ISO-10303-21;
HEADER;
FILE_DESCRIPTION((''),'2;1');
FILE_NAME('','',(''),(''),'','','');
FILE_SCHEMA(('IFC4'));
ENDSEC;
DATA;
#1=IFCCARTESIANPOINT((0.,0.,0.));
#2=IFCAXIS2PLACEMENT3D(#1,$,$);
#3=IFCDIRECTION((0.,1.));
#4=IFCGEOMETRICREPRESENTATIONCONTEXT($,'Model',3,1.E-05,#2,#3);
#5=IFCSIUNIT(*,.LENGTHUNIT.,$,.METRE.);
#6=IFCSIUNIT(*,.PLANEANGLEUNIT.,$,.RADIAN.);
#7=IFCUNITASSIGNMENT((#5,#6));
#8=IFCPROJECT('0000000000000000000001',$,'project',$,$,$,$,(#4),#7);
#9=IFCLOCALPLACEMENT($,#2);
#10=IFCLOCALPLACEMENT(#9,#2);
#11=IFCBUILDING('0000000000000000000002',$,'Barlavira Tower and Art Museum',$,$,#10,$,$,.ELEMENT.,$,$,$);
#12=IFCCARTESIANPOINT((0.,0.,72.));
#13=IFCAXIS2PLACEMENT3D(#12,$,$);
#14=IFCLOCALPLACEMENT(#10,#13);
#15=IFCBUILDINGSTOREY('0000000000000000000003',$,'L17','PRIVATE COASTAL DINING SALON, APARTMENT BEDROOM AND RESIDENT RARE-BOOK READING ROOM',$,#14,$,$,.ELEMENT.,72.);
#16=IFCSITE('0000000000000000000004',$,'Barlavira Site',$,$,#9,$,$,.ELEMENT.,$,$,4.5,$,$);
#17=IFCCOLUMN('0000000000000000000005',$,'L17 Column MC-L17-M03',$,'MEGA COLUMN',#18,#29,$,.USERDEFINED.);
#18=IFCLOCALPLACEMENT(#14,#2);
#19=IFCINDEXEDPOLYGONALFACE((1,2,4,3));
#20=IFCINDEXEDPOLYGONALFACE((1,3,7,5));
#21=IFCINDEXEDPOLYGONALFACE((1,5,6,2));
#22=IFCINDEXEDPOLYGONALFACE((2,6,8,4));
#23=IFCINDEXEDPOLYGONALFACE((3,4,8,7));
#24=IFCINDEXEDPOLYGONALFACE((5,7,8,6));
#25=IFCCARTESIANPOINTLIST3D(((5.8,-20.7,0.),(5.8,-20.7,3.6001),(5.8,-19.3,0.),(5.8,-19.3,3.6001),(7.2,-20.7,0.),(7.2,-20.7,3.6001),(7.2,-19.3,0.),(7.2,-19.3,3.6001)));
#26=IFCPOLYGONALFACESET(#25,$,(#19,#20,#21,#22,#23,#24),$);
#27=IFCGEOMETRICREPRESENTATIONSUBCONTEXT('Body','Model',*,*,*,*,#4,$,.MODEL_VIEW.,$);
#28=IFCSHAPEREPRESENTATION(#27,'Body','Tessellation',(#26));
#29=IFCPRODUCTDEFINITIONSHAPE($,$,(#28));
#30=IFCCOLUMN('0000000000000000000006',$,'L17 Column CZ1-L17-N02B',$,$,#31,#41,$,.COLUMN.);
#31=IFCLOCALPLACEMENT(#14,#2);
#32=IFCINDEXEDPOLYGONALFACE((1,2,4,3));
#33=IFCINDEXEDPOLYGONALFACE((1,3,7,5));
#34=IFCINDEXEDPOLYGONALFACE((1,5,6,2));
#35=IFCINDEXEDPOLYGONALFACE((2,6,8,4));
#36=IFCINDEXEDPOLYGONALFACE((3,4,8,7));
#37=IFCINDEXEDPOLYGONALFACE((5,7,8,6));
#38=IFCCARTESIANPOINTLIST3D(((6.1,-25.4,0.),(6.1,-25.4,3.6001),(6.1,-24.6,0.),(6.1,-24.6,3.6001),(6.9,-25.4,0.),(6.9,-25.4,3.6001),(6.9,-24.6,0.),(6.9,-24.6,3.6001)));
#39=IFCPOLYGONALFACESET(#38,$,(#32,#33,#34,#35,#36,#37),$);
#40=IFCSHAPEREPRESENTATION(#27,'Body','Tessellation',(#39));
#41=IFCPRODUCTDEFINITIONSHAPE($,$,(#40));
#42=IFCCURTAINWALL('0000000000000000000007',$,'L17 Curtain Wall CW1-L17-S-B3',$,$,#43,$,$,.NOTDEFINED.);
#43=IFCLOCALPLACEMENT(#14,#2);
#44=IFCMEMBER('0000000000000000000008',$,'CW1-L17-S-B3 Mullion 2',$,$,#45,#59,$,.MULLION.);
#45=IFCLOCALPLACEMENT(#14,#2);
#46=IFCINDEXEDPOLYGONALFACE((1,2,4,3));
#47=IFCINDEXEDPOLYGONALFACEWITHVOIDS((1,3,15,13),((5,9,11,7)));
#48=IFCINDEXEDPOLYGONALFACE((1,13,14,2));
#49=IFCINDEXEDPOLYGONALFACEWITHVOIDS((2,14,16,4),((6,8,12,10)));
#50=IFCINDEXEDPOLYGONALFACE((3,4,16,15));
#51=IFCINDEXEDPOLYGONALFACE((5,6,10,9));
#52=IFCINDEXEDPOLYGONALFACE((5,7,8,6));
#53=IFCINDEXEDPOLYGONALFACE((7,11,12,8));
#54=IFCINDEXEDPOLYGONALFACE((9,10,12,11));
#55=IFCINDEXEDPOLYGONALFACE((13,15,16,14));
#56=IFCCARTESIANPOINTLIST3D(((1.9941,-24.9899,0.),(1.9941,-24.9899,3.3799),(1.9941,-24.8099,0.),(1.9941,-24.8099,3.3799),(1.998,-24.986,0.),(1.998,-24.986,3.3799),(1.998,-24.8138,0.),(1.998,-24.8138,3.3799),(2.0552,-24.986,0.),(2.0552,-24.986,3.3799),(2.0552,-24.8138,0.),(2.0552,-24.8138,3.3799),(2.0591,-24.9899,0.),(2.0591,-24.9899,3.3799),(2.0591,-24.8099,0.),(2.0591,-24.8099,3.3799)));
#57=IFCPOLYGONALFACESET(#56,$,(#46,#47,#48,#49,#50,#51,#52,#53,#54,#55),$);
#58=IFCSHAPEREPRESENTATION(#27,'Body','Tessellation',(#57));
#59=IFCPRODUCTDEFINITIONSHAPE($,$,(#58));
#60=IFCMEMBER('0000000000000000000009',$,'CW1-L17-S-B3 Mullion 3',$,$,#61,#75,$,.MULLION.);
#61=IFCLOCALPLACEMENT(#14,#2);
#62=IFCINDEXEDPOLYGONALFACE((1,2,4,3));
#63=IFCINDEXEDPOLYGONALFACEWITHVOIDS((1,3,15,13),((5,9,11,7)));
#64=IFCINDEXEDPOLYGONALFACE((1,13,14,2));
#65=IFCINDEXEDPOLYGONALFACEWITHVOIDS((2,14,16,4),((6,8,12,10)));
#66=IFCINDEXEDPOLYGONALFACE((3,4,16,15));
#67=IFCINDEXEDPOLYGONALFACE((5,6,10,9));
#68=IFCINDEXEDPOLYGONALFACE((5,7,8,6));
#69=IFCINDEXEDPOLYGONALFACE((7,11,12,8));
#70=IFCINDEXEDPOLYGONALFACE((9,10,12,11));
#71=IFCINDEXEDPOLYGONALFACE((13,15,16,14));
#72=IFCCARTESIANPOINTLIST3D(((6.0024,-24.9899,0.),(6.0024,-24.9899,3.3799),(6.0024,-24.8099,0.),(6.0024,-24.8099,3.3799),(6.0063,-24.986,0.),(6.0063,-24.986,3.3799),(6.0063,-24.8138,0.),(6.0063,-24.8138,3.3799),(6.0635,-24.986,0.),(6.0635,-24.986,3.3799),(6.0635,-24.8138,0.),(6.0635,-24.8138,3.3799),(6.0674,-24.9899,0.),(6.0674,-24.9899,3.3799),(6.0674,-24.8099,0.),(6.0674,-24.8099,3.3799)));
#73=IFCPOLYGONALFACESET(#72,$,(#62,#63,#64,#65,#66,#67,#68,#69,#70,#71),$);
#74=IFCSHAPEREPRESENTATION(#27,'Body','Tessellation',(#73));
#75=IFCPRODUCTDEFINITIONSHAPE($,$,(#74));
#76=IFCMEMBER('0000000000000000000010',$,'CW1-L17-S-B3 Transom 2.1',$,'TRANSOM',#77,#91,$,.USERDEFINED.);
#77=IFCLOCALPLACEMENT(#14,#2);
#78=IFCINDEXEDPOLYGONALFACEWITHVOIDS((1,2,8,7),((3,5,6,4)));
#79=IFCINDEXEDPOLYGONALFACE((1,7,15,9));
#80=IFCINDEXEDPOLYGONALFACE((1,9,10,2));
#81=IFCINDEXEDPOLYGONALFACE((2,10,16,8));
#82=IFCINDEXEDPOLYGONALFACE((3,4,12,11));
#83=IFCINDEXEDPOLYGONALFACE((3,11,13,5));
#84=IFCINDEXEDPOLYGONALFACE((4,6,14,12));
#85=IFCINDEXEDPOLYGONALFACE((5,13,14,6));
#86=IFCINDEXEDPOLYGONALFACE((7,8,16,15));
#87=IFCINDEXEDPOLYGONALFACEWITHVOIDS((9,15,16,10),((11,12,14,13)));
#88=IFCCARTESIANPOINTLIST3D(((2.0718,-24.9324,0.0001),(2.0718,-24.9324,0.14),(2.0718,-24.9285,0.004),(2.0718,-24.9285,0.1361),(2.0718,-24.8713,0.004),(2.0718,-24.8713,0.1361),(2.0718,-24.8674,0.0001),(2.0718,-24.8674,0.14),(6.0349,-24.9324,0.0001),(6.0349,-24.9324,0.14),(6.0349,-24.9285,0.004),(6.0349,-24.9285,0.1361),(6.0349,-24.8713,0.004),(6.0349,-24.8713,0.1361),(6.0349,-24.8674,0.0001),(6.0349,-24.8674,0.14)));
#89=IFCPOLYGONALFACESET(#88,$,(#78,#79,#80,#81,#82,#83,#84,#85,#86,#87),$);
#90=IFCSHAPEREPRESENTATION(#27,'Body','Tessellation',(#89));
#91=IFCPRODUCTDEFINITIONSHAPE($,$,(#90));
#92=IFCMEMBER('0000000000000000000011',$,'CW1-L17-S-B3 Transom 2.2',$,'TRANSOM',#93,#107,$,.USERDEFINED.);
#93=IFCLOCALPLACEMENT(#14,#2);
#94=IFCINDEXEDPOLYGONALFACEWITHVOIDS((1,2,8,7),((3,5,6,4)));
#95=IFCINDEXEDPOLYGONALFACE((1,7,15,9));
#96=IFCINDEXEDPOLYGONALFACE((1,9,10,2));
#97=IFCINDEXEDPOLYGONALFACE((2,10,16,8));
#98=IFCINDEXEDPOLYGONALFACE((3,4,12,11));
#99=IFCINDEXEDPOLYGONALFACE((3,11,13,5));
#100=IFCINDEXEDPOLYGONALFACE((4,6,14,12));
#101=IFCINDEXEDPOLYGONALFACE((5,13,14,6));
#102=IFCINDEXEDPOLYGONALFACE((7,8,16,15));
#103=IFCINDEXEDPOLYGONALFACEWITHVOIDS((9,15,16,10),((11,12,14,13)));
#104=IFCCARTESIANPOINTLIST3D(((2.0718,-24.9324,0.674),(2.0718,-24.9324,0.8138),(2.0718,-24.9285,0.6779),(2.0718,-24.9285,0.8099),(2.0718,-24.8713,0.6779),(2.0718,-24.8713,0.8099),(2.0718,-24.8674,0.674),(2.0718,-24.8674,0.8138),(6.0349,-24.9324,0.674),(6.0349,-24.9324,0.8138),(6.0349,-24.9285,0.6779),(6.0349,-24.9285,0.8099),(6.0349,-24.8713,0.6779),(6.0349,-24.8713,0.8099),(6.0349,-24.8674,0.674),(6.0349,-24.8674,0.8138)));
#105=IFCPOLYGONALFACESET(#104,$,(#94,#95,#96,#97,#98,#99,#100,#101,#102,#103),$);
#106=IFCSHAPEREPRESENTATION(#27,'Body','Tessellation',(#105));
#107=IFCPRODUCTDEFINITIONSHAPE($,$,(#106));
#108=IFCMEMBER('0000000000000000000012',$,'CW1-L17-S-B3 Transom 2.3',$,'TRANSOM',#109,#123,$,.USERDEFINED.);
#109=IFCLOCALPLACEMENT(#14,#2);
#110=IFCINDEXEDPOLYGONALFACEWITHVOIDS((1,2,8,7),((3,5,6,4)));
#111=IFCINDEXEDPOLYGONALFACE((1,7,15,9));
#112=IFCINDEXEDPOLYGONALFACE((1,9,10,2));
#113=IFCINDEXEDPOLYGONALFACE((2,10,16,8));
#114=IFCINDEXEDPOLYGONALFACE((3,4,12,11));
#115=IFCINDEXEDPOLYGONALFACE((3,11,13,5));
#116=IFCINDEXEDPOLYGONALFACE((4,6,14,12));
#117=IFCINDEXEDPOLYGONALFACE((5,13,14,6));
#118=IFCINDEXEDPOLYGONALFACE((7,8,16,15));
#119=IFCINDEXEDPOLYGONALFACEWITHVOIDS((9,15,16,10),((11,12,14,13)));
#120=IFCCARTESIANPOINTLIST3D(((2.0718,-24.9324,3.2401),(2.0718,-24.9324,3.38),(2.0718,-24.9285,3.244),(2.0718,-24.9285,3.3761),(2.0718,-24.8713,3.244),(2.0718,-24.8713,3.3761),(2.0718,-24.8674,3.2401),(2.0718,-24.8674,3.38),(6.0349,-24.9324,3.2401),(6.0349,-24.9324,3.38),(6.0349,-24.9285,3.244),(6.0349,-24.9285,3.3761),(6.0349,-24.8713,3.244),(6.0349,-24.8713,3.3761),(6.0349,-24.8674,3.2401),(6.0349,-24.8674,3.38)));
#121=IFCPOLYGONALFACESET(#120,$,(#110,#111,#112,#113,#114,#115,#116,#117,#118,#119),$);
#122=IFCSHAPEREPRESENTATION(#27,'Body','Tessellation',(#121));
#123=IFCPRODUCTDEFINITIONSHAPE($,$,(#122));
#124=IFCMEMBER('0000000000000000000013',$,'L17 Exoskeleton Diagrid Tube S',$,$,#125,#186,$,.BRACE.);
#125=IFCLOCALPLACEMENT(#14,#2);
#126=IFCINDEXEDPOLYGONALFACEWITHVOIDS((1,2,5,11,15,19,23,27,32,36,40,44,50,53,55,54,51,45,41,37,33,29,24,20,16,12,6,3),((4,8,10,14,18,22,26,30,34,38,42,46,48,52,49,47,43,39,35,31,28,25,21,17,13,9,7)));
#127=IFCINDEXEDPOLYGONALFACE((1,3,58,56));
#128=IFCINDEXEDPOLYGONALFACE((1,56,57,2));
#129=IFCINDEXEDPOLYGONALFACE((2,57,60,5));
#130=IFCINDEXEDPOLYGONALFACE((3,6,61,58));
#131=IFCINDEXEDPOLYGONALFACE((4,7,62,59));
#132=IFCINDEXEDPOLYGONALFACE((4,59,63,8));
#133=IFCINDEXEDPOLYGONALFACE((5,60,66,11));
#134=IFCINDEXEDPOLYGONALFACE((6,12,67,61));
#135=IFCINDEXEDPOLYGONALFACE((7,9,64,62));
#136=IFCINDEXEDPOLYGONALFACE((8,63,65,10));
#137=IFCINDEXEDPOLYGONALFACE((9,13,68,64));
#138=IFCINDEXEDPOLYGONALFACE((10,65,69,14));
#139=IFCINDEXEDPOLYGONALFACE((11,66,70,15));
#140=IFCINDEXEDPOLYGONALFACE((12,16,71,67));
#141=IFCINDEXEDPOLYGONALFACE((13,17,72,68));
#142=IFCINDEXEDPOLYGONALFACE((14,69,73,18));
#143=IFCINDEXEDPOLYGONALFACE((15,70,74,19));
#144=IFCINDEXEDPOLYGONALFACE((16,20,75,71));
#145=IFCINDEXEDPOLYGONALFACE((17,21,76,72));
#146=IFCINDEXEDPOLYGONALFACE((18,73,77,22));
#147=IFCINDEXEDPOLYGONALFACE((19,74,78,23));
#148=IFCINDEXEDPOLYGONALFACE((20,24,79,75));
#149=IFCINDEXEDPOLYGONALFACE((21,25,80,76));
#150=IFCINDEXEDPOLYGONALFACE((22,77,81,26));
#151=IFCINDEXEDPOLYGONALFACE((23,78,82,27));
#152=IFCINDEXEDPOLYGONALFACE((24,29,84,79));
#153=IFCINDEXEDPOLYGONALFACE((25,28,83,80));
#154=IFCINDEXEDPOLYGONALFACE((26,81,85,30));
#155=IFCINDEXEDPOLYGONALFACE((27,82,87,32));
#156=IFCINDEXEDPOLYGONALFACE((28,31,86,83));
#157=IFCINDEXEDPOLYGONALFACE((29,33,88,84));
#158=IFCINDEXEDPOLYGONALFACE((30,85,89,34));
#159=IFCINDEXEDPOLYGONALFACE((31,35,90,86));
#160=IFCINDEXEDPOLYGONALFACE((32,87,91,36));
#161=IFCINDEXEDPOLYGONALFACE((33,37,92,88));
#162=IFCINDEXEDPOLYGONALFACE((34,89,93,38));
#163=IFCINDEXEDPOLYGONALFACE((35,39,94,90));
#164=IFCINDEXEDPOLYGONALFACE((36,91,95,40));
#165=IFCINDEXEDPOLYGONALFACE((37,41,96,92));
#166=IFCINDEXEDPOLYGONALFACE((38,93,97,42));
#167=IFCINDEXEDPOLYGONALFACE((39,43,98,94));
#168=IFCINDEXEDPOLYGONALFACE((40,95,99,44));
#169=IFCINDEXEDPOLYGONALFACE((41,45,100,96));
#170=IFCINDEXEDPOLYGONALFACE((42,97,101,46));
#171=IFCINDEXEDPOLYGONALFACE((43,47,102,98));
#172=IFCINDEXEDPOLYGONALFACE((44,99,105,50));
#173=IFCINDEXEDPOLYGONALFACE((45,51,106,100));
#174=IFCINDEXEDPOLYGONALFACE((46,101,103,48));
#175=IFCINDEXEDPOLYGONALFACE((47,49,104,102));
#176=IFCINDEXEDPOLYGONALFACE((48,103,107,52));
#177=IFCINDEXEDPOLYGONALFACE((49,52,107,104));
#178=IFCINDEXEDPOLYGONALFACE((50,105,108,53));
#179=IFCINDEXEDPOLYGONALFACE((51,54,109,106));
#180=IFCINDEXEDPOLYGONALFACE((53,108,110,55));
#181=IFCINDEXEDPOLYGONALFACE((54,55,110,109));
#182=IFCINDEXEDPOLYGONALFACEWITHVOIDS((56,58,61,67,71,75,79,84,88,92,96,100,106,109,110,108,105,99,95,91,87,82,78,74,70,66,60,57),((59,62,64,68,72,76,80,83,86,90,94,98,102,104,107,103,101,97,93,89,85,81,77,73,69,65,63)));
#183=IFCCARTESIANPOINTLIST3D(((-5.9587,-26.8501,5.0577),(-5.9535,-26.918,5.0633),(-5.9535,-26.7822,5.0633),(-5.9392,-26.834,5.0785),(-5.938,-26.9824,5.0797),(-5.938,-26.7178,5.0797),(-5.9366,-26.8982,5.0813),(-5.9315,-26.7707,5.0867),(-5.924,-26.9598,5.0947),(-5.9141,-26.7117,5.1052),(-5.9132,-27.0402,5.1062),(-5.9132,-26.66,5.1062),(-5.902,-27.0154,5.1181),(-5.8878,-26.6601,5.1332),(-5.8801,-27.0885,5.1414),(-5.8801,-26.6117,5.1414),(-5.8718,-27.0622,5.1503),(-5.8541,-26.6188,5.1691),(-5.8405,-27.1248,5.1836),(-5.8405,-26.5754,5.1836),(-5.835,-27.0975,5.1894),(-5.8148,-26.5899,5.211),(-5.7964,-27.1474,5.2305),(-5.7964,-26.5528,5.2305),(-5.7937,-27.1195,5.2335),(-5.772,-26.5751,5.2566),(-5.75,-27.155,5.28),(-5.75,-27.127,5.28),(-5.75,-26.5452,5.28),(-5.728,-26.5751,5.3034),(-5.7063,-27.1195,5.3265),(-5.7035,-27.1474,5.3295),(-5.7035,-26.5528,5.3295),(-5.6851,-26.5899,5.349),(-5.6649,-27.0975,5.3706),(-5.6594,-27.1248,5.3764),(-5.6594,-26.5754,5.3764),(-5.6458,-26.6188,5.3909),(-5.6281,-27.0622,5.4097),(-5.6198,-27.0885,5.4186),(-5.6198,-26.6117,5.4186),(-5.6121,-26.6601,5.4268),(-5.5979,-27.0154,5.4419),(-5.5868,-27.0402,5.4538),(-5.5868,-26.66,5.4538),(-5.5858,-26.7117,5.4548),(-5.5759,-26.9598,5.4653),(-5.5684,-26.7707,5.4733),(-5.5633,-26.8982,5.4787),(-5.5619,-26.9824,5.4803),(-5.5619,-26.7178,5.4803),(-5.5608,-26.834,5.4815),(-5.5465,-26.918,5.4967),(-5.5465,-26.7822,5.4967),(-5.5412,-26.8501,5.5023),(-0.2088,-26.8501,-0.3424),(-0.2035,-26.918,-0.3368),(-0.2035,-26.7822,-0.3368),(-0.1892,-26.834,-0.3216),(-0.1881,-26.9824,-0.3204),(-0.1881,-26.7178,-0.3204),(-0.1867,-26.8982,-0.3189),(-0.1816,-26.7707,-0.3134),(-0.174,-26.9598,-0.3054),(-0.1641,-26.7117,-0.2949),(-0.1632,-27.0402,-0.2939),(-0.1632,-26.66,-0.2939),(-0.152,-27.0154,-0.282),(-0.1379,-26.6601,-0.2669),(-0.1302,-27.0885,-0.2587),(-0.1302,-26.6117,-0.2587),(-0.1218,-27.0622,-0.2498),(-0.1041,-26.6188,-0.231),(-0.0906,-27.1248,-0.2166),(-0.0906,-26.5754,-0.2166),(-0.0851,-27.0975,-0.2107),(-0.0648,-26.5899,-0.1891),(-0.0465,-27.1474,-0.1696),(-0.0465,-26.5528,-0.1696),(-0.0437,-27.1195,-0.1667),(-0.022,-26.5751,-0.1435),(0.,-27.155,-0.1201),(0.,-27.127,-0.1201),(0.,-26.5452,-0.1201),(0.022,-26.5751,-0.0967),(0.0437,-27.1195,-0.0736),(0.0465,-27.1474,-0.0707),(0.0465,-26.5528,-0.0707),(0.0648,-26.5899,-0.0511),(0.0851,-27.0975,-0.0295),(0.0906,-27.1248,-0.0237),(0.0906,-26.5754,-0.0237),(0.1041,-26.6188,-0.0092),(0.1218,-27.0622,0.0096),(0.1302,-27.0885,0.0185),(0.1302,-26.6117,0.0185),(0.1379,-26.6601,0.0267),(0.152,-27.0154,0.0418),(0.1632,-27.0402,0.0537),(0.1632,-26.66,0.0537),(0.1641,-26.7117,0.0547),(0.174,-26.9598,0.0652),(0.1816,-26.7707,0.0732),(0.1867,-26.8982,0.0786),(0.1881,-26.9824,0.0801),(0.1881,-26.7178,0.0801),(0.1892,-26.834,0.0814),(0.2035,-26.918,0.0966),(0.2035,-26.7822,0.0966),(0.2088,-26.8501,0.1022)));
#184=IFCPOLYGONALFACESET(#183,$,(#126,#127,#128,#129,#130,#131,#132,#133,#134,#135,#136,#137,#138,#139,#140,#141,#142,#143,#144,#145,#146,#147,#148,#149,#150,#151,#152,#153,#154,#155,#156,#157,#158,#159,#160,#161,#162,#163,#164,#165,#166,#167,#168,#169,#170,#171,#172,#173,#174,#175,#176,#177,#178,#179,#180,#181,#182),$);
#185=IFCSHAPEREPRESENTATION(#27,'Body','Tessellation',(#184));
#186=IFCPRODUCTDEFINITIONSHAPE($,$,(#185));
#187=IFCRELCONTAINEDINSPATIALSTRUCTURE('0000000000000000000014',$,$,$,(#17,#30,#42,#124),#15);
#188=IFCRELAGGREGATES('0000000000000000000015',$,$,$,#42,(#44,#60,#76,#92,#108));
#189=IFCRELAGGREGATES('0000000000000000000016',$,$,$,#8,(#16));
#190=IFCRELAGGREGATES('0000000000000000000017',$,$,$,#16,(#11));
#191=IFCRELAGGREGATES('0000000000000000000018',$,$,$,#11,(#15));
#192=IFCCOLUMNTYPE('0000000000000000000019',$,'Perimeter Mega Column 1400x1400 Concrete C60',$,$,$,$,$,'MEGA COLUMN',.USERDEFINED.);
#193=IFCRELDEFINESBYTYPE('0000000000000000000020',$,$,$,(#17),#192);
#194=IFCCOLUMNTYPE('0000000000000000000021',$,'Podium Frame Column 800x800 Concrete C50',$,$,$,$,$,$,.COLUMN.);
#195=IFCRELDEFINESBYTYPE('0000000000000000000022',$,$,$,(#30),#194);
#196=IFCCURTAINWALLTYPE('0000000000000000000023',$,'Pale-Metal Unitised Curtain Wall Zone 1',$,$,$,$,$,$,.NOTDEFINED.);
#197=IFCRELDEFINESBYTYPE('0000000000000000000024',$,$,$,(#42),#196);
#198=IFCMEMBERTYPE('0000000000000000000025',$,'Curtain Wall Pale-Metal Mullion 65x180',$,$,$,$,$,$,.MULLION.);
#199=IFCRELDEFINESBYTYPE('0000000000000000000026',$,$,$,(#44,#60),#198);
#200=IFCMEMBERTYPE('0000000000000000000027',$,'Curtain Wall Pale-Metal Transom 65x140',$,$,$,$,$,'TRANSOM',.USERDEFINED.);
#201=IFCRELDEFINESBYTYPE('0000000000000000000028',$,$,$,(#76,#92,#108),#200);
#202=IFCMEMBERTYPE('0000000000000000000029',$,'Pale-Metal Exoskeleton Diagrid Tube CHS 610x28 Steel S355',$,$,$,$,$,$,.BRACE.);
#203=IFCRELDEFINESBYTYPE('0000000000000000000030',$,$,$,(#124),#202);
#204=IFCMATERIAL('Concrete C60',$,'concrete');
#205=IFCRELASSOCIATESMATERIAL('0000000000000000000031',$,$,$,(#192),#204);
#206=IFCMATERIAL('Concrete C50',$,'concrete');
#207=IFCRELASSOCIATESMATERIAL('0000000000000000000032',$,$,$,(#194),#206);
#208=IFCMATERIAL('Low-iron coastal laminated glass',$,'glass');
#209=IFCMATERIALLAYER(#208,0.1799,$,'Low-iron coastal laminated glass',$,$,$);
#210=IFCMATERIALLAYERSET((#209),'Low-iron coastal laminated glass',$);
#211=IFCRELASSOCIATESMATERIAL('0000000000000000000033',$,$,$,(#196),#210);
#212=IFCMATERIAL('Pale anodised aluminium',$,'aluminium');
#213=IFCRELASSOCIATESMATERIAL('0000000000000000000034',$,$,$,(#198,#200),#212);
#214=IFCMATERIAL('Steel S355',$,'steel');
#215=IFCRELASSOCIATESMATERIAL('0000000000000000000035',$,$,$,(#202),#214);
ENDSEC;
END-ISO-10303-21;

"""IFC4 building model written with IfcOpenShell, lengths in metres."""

from ifc_helpers import new_model, si_unit, direction, frame, origin, origin_2d, place, context, subcontext, project, spatial, rectangle, hollow_rectangle, hollow_circle, extrude, material, layer, layer_set, material_profile, profile_set, type_object, element, aggregate, save


model = new_model("IFC4")

# Units and contexts
model_context = context("Model", 3, precision=1e-05, world=origin(), true_north=direction((0.0, 1.0)))
body_context = subcontext(model_context, "Body", "Model", "MODEL_VIEW")
ifc_project = project(units=[si_unit("LENGTHUNIT", "METRE"), si_unit("PLANEANGLEUNIT", "RADIAN")], contexts=[model_context])

# Site, building, storey
site_placement = place(None, origin())
site = spatial("IfcSite", under=ifc_project, at=site_placement, Name="Barlavira Site", CompositionType="ELEMENT", RefElevation=4.5)
building_placement = place(site_placement, origin())
building = spatial("IfcBuilding", under=site, at=building_placement, Name="Barlavira Tower and Art Museum", CompositionType="ELEMENT")
storey_placement = place(building_placement, frame((0.0, 0.0, 72.0)))
storey = spatial("IfcBuildingStorey", under=building, at=storey_placement, Name="L17", Description="PRIVATE COASTAL DINING SALON, APARTMENT BEDROOM AND RESIDENT RARE-BOOK READING ROOM", CompositionType="ELEMENT", Elevation=72.0)

# Columns
ifc_material_1 = material(Name="Concrete C60", Category="concrete")
ifc_material_profile_1 = material_profile(ifc_material_1, rectangle(XDim=1.3999, YDim=1.3999, at=origin_2d()), Name="RC-MCOL 1400x1400")
ifc_profile_set_1 = profile_set([ifc_material_profile_1], Name="Concrete C60")
column_type_1 = type_object("IfcColumnType", Name="Perimeter Mega Column 1400x1400 Concrete C60", ElementType="MEGA COLUMN", PredefinedType="USERDEFINED", material=ifc_profile_set_1)
column_1_placement = place(storey_placement, frame((6.5, -20.0, 0.0), z_axis=(0.0, 0.0, 1.0), x_axis=(1.0, 0.0, 0.0)))
element("IfcColumn", 1, at=column_1_placement, inside=storey, type_object=column_type_1, Name="L17 Column MC-L17-M03", ObjectType="MEGA COLUMN", PredefinedType="USERDEFINED", context=body_context, shape_type="SweptSolid", body=[
    extrude(rectangle(XDim=1.3999, YDim=1.3999, at=origin_2d()), origin(), (0.0, 0.0, 1.0), 3.6001),
])
ifc_material_2 = material(Name="Concrete C50", Category="concrete")
ifc_material_profile_2 = material_profile(ifc_material_2, rectangle(XDim=0.8, YDim=0.8, at=origin_2d()), Name="RC-COL 800x800")
ifc_profile_set_2 = profile_set([ifc_material_profile_2], Name="Concrete C50")
column_type_2 = type_object("IfcColumnType", Name="Podium Frame Column 800x800 Concrete C50", PredefinedType="COLUMN", material=ifc_profile_set_2)
column_2_placement = place(storey_placement, frame((6.5, -25.0, 0.0), z_axis=(0.0, 0.0, 1.0), x_axis=(1.0, 0.0, 0.0)))
element("IfcColumn", 2, at=column_2_placement, inside=storey, type_object=column_type_2, Name="L17 Column CZ1-L17-N02B", PredefinedType="COLUMN", context=body_context, shape_type="SweptSolid", body=[
    extrude(rectangle(XDim=0.8, YDim=0.8, at=origin_2d()), origin(), (0.0, 0.0, 1.0), 3.6001),
])

# Curtain wall, members
ifc_material_3 = material(Name="Low-iron coastal laminated glass", Category="glass")
ifc_layer_1 = layer(ifc_material_3, 0.1799, Name="Low-iron coastal laminated glass")
ifc_layer_set_1 = layer_set([ifc_layer_1], Name="Low-iron coastal laminated glass")
curtain_wall_type = type_object("IfcCurtainWallType", Name="Pale-Metal Unitised Curtain Wall Zone 1", PredefinedType="NOTDEFINED", material=ifc_layer_set_1)
curtain_wall_placement = place(storey_placement, origin())
curtain_wall = element("IfcCurtainWall", 3, at=curtain_wall_placement, inside=storey, type_object=curtain_wall_type, Name="L17 Curtain Wall CW1-L17-S-B3", PredefinedType="NOTDEFINED")
ifc_material_4 = material(Name="Pale anodised aluminium", Category="aluminium")
ifc_material_profile_3 = material_profile(ifc_material_4, hollow_rectangle(XDim=0.0649, YDim=0.1799, WallThickness=0.0039, at=origin_2d()), Name="ALU-MULL 65x180x4")
ifc_profile_set_3 = profile_set([ifc_material_profile_3], Name="Pale anodised aluminium")
member_type_1 = type_object("IfcMemberType", Name="Curtain Wall Pale-Metal Mullion 65x180", PredefinedType="MULLION", material=ifc_profile_set_3)
member_1_placement = place(storey_placement, frame((2.0266, -24.8999, 0.0), z_axis=(0.0, 0.0, 1.0), x_axis=(1.0, 0.0, 0.0)))
member_1 = element("IfcMember", 4, at=member_1_placement, type_object=member_type_1, Name="CW1-L17-S-B3 Mullion 2", PredefinedType="MULLION", context=body_context, shape_type="SweptSolid", body=[
    extrude(hollow_rectangle(XDim=0.0649, YDim=0.1799, WallThickness=0.0039, at=origin_2d()), origin(), (0.0, 0.0, 1.0), 3.3799),
])
member_2_placement = place(storey_placement, frame((6.0349, -24.8999, 0.0), z_axis=(0.0, 0.0, 1.0), x_axis=(1.0, 0.0, 0.0)))
member_2 = element("IfcMember", 5, at=member_2_placement, type_object=member_type_1, Name="CW1-L17-S-B3 Mullion 3", PredefinedType="MULLION", context=body_context, shape_type="SweptSolid", body=[
    extrude(hollow_rectangle(XDim=0.0649, YDim=0.1799, WallThickness=0.0039, at=origin_2d()), origin(), (0.0, 0.0, 1.0), 3.3799),
])
ifc_material_profile_4 = material_profile(ifc_material_4, hollow_rectangle(XDim=0.0649, YDim=0.1399, WallThickness=0.0039, at=origin_2d()), Name="ALU-TRAN 65x140x4")
ifc_profile_set_4 = profile_set([ifc_material_profile_4], Name="Pale anodised aluminium")
member_type_2 = type_object("IfcMemberType", Name="Curtain Wall Pale-Metal Transom 65x140", ElementType="TRANSOM", PredefinedType="USERDEFINED", material=ifc_profile_set_4)
member_3_placement = place(storey_placement, frame((2.0718, -24.8999, 0.0701), z_axis=(1.0, 0.0, 0.0), x_axis=(0.0, 1.0, 0.0)))
member_3 = element("IfcMember", 6, at=member_3_placement, type_object=member_type_2, Name="CW1-L17-S-B3 Transom 2.1", ObjectType="TRANSOM", PredefinedType="USERDEFINED", context=body_context, shape_type="SweptSolid", body=[
    extrude(hollow_rectangle(XDim=0.0649, YDim=0.1399, WallThickness=0.0039, at=origin_2d()), origin(), (0.0, 0.0, 1.0), 3.9631),
])
member_4_placement = place(storey_placement, frame((2.0718, -24.8999, 0.7439), z_axis=(1.0, 0.0, 0.0), x_axis=(0.0, 1.0, 0.0)))
member_4 = element("IfcMember", 7, at=member_4_placement, type_object=member_type_2, Name="CW1-L17-S-B3 Transom 2.2", ObjectType="TRANSOM", PredefinedType="USERDEFINED", context=body_context, shape_type="SweptSolid", body=[
    extrude(hollow_rectangle(XDim=0.0649, YDim=0.1399, WallThickness=0.0039, at=origin_2d()), origin(), (0.0, 0.0, 1.0), 3.9631),
])
member_5_placement = place(storey_placement, frame((2.0718, -24.8999, 3.3101), z_axis=(1.0, 0.0, 0.0), x_axis=(0.0, 1.0, 0.0)))
member_5 = element("IfcMember", 8, at=member_5_placement, type_object=member_type_2, Name="CW1-L17-S-B3 Transom 2.3", ObjectType="TRANSOM", PredefinedType="USERDEFINED", context=body_context, shape_type="SweptSolid", body=[
    extrude(hollow_rectangle(XDim=0.0649, YDim=0.1399, WallThickness=0.0039, at=origin_2d()), origin(), (0.0, 0.0, 1.0), 3.9631),
])

# Member
ifc_material_5 = material(Name="Steel S355", Category="steel")
ifc_material_profile_5 = material_profile(ifc_material_5, hollow_circle(Radius=0.3049, WallThickness=0.0281, at=origin_2d()), Name="CHS 610.0x28.0")
ifc_profile_set_5 = profile_set([ifc_material_profile_5], Name="Steel S355")
member_type_3 = type_object("IfcMemberType", Name="Pale-Metal Exoskeleton Diagrid Tube CHS 610x28 Steel S355", PredefinedType="BRACE", material=ifc_profile_set_5)
for number, where, z_axis, x_axis, name in (
    (9, (0.0, -26.8501, -0.1201), (-0.728935, 0.0, 0.684583), (0.0, -1.0, 0.0), "L17 Exoskeleton Diagrid Tube S"),
):
    element("IfcMember", number, at=place(storey_placement, frame(where, z_axis=z_axis, x_axis=x_axis)), inside=storey, type_object=member_type_3, Name=name, PredefinedType="BRACE", context=body_context, shape_type="SweptSolid", body=[
        extrude(hollow_circle(Radius=0.3049, WallThickness=0.0281, at=origin_2d()), origin(), (0.0, 0.0, 1.0), 7.8882),
    ])

aggregate(curtain_wall, [member_1, member_2, member_3, member_4, member_5])

save(model, "model.ifc")
